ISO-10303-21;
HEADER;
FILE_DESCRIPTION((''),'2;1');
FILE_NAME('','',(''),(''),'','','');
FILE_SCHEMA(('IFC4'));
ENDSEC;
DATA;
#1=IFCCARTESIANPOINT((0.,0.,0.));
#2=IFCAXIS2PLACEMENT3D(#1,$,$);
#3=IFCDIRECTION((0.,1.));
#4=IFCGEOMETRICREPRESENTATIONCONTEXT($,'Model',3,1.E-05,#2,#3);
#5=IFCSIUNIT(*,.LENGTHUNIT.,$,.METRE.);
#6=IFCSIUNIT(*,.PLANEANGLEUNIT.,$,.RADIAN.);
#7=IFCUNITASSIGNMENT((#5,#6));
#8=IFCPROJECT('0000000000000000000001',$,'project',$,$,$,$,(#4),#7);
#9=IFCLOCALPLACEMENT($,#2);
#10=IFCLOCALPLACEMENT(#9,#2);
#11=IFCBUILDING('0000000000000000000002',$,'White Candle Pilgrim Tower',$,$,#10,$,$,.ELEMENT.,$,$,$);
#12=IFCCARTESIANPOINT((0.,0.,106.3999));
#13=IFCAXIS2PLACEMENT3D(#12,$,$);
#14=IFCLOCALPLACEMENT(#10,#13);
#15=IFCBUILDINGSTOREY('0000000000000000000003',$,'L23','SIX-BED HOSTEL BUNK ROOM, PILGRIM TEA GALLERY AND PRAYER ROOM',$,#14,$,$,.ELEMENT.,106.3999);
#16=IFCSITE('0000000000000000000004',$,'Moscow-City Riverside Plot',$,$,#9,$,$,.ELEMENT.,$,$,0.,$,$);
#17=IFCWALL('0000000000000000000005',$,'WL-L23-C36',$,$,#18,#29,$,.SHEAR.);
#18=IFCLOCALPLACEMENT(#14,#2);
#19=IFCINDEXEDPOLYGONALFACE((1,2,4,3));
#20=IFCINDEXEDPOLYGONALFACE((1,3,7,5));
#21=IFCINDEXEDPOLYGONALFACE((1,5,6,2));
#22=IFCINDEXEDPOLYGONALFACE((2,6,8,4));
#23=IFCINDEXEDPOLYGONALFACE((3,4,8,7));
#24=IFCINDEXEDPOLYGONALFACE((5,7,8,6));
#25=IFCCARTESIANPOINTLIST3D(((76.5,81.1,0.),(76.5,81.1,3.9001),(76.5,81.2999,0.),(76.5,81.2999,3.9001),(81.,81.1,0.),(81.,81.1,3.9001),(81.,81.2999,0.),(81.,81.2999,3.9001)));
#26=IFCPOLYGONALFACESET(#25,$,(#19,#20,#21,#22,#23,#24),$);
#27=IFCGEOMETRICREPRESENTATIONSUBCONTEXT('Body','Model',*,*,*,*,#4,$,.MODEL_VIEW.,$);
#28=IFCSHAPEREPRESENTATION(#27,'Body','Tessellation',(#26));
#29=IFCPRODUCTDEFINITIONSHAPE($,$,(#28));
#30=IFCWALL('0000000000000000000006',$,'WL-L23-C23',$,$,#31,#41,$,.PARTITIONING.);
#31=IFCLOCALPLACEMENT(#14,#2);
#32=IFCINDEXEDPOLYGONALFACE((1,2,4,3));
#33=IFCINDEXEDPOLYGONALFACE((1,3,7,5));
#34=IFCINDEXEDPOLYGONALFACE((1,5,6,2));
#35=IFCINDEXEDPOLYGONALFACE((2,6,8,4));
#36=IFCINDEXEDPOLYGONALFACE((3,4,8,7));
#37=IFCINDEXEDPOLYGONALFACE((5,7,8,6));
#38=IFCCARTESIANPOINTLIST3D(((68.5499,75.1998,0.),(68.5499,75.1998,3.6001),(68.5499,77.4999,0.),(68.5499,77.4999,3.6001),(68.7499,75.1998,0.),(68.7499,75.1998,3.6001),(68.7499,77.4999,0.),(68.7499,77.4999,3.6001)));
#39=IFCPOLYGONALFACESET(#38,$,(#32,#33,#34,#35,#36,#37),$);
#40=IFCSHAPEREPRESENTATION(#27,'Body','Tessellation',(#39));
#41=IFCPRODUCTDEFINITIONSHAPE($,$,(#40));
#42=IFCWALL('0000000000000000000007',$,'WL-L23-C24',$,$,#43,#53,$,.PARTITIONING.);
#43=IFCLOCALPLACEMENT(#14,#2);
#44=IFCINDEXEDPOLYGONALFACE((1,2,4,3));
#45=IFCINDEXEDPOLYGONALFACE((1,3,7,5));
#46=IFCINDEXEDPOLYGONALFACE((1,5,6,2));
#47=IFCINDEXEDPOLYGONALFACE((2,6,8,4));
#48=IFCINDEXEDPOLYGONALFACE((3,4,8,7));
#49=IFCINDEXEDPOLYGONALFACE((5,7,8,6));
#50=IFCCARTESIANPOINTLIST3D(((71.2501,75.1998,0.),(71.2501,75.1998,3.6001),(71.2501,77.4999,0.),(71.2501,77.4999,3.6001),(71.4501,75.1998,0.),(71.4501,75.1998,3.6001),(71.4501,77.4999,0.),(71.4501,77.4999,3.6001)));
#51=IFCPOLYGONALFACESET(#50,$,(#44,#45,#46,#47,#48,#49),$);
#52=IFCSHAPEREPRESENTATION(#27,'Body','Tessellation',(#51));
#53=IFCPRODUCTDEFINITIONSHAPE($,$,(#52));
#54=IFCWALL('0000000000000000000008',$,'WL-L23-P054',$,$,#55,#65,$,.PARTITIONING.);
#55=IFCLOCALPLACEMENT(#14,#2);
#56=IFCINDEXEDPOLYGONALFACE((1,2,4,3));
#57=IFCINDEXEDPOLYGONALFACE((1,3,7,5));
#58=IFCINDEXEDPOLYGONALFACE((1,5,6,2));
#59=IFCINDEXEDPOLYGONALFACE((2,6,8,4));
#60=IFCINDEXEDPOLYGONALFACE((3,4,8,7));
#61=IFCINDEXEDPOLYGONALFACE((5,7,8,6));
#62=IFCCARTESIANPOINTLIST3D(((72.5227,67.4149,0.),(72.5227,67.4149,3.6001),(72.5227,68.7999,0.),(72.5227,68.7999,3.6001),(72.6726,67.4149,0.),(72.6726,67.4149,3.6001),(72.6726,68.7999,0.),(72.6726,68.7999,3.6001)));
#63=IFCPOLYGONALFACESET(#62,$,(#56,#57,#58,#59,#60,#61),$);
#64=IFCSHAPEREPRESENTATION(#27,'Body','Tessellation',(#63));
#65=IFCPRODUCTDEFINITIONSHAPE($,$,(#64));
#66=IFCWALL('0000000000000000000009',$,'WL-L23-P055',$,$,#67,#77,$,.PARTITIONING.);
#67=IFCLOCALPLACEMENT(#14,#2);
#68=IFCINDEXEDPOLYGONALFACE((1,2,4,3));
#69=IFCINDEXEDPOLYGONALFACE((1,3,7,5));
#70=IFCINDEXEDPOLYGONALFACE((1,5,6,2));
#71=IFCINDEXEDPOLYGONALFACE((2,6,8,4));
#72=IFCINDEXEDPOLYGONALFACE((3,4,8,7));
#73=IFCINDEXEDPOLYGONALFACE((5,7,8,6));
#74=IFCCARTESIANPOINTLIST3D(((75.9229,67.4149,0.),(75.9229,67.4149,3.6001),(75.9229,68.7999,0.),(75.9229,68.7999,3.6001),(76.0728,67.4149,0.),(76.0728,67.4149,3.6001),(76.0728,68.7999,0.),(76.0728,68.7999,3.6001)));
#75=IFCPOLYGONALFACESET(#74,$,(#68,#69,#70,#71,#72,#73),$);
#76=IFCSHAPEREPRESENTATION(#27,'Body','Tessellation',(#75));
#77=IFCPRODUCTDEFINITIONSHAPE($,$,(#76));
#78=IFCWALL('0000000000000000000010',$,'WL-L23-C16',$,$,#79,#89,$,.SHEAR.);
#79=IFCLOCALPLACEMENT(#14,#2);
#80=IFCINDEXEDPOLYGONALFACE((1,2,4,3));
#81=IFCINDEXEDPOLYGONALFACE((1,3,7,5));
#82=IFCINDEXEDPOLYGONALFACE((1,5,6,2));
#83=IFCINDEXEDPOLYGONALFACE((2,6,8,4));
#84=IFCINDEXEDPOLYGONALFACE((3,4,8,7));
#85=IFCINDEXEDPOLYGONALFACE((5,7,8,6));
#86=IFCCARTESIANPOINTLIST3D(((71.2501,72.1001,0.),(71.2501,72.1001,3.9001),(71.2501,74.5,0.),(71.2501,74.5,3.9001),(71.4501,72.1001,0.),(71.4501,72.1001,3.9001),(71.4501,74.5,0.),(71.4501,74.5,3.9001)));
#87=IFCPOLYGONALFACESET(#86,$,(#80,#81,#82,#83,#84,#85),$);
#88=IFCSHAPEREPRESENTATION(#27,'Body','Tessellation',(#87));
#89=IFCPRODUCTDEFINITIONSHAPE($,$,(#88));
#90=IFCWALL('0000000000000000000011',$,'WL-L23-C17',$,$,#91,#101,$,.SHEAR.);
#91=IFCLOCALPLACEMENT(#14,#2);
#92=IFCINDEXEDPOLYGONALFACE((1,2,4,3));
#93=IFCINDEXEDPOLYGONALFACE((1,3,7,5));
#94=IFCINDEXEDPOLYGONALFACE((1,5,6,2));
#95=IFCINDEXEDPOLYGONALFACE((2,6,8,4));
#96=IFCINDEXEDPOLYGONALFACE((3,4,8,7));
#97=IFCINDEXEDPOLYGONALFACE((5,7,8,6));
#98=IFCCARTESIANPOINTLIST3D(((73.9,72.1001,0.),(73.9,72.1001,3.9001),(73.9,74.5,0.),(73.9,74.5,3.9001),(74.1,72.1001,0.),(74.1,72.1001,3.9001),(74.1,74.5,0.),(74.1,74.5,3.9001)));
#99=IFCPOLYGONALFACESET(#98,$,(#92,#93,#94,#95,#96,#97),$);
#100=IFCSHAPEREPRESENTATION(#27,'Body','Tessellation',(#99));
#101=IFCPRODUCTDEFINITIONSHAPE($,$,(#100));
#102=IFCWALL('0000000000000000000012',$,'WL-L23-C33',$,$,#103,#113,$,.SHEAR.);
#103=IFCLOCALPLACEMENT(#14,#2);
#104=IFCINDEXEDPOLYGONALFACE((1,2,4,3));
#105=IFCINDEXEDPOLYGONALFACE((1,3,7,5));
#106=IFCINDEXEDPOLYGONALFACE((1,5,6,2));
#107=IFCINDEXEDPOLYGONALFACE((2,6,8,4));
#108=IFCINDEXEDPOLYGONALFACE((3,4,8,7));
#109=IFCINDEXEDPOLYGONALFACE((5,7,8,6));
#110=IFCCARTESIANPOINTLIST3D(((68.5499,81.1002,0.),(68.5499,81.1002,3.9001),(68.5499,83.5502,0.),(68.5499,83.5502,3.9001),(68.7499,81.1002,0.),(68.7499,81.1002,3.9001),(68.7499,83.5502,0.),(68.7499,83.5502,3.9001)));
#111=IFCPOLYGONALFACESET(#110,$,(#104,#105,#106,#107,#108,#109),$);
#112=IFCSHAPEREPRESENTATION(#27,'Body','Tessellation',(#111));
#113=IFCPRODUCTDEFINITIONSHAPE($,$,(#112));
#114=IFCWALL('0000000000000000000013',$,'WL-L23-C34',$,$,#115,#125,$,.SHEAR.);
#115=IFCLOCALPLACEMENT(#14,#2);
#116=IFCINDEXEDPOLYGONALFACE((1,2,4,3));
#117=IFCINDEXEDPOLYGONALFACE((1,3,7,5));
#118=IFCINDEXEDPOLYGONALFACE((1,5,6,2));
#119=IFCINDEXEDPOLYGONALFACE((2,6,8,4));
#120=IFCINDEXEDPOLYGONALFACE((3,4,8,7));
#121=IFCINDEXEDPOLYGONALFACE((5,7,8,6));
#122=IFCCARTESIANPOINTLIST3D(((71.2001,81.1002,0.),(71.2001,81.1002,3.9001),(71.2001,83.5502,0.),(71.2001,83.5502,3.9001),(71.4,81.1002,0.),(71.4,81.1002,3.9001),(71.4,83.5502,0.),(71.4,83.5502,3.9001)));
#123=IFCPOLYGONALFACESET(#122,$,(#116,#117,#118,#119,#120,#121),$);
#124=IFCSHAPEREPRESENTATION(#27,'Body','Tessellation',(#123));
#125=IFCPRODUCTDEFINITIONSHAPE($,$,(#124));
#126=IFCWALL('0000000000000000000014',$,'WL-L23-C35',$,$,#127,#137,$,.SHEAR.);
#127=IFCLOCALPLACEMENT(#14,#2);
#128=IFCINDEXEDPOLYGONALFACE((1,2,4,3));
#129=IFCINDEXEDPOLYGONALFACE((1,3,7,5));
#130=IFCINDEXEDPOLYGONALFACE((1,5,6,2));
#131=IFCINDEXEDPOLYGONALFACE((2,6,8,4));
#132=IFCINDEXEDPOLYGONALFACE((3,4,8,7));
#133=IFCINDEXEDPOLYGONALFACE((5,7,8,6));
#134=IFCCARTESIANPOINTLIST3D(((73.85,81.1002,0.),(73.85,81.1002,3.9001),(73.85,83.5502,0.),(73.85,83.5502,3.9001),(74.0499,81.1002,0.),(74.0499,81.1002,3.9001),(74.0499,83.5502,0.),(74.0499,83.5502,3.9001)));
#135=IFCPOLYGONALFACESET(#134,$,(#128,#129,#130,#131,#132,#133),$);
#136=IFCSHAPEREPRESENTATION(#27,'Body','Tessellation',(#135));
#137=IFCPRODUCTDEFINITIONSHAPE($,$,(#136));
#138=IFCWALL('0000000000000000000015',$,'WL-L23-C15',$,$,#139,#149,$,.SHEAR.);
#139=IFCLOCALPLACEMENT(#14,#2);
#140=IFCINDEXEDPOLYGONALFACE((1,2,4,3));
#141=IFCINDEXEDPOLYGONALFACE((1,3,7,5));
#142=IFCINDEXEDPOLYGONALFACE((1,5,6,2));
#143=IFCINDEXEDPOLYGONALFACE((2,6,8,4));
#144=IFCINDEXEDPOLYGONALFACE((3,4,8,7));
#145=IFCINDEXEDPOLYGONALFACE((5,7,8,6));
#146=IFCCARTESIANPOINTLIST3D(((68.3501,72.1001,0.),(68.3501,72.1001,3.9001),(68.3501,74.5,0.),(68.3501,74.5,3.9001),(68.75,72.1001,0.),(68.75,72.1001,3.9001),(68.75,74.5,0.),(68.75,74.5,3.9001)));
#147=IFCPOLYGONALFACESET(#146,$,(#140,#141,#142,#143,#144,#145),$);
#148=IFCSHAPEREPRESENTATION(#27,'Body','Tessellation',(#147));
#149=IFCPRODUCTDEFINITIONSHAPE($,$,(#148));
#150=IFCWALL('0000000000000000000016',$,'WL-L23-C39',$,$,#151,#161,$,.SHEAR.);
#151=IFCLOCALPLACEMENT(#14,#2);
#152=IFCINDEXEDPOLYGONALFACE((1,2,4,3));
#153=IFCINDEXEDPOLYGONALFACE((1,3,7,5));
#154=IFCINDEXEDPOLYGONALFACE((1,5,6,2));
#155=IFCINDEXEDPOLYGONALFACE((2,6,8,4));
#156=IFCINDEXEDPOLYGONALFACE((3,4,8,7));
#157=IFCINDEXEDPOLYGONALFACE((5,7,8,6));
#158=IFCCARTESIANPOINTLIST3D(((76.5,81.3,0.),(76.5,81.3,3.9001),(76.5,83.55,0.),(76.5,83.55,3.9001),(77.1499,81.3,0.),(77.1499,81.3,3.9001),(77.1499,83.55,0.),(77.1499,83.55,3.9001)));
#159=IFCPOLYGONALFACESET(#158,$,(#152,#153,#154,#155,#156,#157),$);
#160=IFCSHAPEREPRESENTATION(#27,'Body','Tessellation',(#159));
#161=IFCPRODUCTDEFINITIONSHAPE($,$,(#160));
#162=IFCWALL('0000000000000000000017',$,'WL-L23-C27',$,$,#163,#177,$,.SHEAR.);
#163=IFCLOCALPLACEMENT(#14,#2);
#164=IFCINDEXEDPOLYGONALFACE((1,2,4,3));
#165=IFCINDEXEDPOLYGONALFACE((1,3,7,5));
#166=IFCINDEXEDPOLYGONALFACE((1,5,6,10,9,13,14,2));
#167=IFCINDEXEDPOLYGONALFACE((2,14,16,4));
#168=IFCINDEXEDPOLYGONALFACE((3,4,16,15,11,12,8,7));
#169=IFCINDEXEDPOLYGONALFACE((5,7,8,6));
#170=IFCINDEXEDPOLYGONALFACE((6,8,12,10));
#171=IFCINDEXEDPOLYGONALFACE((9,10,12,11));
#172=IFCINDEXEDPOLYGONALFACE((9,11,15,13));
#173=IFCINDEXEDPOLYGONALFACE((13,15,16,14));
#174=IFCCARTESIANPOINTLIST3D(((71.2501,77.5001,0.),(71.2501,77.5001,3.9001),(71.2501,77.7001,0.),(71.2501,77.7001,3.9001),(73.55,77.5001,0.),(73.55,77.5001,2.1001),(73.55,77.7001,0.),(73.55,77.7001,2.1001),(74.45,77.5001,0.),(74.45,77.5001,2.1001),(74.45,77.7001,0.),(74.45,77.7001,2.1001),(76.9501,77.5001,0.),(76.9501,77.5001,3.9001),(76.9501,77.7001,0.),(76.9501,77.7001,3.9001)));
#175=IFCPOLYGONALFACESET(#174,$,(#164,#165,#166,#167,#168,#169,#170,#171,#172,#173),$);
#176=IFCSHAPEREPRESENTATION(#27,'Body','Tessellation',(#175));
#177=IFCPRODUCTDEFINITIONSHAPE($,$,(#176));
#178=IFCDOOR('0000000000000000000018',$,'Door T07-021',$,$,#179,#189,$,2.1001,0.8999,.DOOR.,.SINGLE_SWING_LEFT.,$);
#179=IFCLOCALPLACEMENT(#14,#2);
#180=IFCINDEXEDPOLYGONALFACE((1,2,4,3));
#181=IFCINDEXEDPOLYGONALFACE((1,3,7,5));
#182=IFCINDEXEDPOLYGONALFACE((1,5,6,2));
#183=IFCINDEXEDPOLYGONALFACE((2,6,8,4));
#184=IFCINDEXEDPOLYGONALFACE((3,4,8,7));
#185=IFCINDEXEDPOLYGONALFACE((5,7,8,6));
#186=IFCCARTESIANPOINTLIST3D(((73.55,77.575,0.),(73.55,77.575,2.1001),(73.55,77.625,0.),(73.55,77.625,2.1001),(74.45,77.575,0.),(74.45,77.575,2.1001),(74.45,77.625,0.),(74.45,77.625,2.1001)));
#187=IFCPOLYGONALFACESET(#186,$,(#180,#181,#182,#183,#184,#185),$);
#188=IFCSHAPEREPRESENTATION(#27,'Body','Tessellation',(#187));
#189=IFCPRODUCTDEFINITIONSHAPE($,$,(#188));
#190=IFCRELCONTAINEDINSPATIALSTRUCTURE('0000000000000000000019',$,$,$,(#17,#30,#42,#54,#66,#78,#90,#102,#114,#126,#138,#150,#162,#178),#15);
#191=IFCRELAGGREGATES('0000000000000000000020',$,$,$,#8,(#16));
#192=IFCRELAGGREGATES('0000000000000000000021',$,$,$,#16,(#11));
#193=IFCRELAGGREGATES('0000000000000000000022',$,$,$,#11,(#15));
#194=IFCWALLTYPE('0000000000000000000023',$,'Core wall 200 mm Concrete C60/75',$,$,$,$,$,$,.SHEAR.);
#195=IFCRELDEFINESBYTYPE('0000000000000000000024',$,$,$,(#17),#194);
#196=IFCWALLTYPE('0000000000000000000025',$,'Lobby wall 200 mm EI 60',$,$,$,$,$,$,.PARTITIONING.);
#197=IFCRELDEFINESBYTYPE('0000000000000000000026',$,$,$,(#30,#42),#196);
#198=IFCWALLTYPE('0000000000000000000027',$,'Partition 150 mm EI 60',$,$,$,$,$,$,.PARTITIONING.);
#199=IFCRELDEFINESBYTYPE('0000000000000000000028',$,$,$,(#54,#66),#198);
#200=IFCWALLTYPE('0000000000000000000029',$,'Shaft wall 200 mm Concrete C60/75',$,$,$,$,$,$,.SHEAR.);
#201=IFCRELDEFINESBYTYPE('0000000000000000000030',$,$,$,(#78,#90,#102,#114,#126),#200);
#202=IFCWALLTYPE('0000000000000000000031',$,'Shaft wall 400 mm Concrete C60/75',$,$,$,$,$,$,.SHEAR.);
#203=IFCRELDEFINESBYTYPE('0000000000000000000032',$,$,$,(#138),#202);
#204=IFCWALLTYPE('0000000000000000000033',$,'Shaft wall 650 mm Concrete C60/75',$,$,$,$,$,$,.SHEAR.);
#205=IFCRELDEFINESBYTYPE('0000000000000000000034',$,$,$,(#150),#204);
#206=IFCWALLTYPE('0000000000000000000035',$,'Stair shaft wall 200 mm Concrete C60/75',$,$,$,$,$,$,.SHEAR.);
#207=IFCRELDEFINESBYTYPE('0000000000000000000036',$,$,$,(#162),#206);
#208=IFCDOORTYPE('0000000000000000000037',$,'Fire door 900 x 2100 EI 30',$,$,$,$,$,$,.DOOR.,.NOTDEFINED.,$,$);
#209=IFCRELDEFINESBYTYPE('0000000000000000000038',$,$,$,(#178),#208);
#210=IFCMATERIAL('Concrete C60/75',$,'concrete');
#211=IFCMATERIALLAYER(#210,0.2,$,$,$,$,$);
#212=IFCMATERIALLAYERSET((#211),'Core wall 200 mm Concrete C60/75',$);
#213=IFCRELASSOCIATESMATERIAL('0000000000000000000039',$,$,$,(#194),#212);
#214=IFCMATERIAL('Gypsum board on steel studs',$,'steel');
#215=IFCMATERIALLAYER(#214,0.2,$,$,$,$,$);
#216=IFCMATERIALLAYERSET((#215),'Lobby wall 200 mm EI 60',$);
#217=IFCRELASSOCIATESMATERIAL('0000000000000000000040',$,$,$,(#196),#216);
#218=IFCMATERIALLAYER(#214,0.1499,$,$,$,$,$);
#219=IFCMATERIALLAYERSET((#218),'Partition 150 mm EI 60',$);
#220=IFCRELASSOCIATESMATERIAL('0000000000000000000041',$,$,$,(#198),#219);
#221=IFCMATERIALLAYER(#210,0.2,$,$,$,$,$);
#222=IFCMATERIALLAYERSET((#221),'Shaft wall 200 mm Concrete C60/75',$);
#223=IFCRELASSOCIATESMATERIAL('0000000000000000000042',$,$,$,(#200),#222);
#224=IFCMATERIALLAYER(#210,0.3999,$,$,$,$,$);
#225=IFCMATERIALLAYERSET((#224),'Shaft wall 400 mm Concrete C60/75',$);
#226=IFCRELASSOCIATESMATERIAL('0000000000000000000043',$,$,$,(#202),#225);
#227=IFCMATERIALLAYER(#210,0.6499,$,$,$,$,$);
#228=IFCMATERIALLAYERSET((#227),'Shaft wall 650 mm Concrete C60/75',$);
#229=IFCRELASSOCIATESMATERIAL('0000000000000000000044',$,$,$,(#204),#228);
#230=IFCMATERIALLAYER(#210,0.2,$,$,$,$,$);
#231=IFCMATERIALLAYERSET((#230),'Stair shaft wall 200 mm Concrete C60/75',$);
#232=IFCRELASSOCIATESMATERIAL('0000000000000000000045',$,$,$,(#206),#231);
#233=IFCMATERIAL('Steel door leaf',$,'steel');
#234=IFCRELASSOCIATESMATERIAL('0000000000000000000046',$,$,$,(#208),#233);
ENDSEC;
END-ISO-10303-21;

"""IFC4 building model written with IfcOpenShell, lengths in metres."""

from ifc_helpers import new_model, si_unit, direction, frame, frame_2d, origin, place, context, subcontext, project, spatial, rectangle, extrude, material, layer, layer_set, type_object, element, fill, save


model = new_model("IFC4")

# Units and contexts
model_context = context("Model", 3, precision=1e-05, world=origin(), true_north=direction((0.0, 1.0)))
body_context = subcontext(model_context, "Body", "Model", "MODEL_VIEW")
ifc_project = project(units=[si_unit("LENGTHUNIT", "METRE"), si_unit("PLANEANGLEUNIT", "RADIAN")], contexts=[model_context])

# Site, building, storey
site_placement = place(None, origin())
site = spatial("IfcSite", under=ifc_project, at=site_placement, Name="Moscow-City Riverside Plot", CompositionType="ELEMENT", RefElevation=0.0)
building_placement = place(site_placement, origin())
building = spatial("IfcBuilding", under=site, at=building_placement, Name="White Candle Pilgrim Tower", CompositionType="ELEMENT")
storey_placement = place(building_placement, frame((0.0, 0.0, 106.3999)))
storey = spatial("IfcBuildingStorey", under=building, at=storey_placement, Name="L23", Description="SIX-BED HOSTEL BUNK ROOM, PILGRIM TEA GALLERY AND PRAYER ROOM", CompositionType="ELEMENT", Elevation=106.3999)

# Walls
ifc_material_1 = material(Name="Concrete C60/75", Category="concrete")
ifc_layer_1 = layer(ifc_material_1, 0.2)
ifc_layer_set_1 = layer_set([ifc_layer_1], Name="Core wall 200 mm Concrete C60/75")
wall_type_1 = type_object("IfcWallType", Name="Core wall 200 mm Concrete C60/75", PredefinedType="SHEAR", material=ifc_layer_set_1)
wall_1_placement = place(storey_placement, frame((76.5, 81.2, 0.0), z_axis=(0.0, 0.0, 1.0), x_axis=(1.0, 0.0, 0.0)))
element("IfcWall", 1, at=wall_1_placement, inside=storey, type_object=wall_type_1, Name="WL-L23-C36", PredefinedType="SHEAR", context=body_context, shape_type="SweptSolid", body=[
    extrude(rectangle(XDim=4.5, YDim=0.2, at=frame_2d((2.25, 0.0))), origin(), (0.0, 0.0, 1.0), 3.9001),
])
ifc_material_2 = material(Name="Gypsum board on steel studs", Category="steel")
ifc_layer_2 = layer(ifc_material_2, 0.2)
ifc_layer_set_2 = layer_set([ifc_layer_2], Name="Lobby wall 200 mm EI 60")
wall_type_2 = type_object("IfcWallType", Name="Lobby wall 200 mm EI 60", PredefinedType="PARTITIONING", material=ifc_layer_set_2)
for number, where, z_axis, x_axis, name in (
    (2, (68.6499, 75.2, 0.0), (0.0, 0.0, 1.0), (0.0, 1.0, 0.0), "WL-L23-C23"),
    (3, (71.3501, 75.2, 0.0), (0.0, 0.0, 1.0), (0.0, 1.0, 0.0), "WL-L23-C24"),
):
    element("IfcWall", number, at=place(storey_placement, frame(where, z_axis=z_axis, x_axis=x_axis)), inside=storey, type_object=wall_type_2, Name=name, PredefinedType="PARTITIONING", context=body_context, shape_type="SweptSolid", body=[
        extrude(rectangle(XDim=2.3, YDim=0.2, at=frame_2d((1.1499, 0.0))), origin(), (0.0, 0.0, 1.0), 3.6001),
    ])
ifc_layer_3 = layer(ifc_material_2, 0.1499)
ifc_layer_set_3 = layer_set([ifc_layer_3], Name="Partition 150 mm EI 60")
wall_type_3 = type_object("IfcWallType", Name="Partition 150 mm EI 60", PredefinedType="PARTITIONING", material=ifc_layer_set_3)
for number, where, z_axis, x_axis, name in (
    (4, (72.5977, 67.415, 0.0), (0.0, 0.0, 1.0), (0.0, 1.0, 0.0), "WL-L23-P054"),
    (5, (75.9978, 67.415, 0.0), (0.0, 0.0, 1.0), (0.0, 1.0, 0.0), "WL-L23-P055"),
):
    element("IfcWall", number, at=place(storey_placement, frame(where, z_axis=z_axis, x_axis=x_axis)), inside=storey, type_object=wall_type_3, Name=name, PredefinedType="PARTITIONING", context=body_context, shape_type="SweptSolid", body=[
        extrude(rectangle(XDim=1.385, YDim=0.1499, at=frame_2d((0.6924, 0.0))), origin(), (0.0, 0.0, 1.0), 3.6001),
    ])
ifc_layer_4 = layer(ifc_material_1, 0.2)
ifc_layer_set_4 = layer_set([ifc_layer_4], Name="Shaft wall 200 mm Concrete C60/75")
wall_type_4 = type_object("IfcWallType", Name="Shaft wall 200 mm Concrete C60/75", PredefinedType="SHEAR", material=ifc_layer_set_4)
for number, where, z_axis, x_axis, name in (
    (6, (71.3501, 72.1001, 0.0), (0.0, 0.0, 1.0), (0.0, 1.0, 0.0), "WL-L23-C16"),
    (7, (74.0, 72.1001, 0.0), (0.0, 0.0, 1.0), (0.0, 1.0, 0.0), "WL-L23-C17"),
):
    element("IfcWall", number, at=place(storey_placement, frame(where, z_axis=z_axis, x_axis=x_axis)), inside=storey, type_object=wall_type_4, Name=name, PredefinedType="SHEAR", context=body_context, shape_type="SweptSolid", body=[
        extrude(rectangle(XDim=2.3999, YDim=0.2, at=frame_2d((1.2, 0.0))), origin(), (0.0, 0.0, 1.0), 3.9001),
    ])
for number, where, z_axis, x_axis, name in (
    (8, (68.6499, 81.1001, 0.0), (0.0, 0.0, 1.0), (0.0, 1.0, 0.0), "WL-L23-C33"),
    (9, (71.3, 81.1001, 0.0), (0.0, 0.0, 1.0), (0.0, 1.0, 0.0), "WL-L23-C34"),
    (10, (73.95, 81.1001, 0.0), (0.0, 0.0, 1.0), (0.0, 1.0, 0.0), "WL-L23-C35"),
):
    element("IfcWall", number, at=place(storey_placement, frame(where, z_axis=z_axis, x_axis=x_axis)), inside=storey, type_object=wall_type_4, Name=name, PredefinedType="SHEAR", context=body_context, shape_type="SweptSolid", body=[
        extrude(rectangle(XDim=2.45, YDim=0.2, at=frame_2d((1.2251, 0.0))), origin(), (0.0, 0.0, 1.0), 3.9001),
    ])
ifc_layer_5 = layer(ifc_material_1, 0.3999)
ifc_layer_set_5 = layer_set([ifc_layer_5], Name="Shaft wall 400 mm Concrete C60/75")
wall_type_5 = type_object("IfcWallType", Name="Shaft wall 400 mm Concrete C60/75", PredefinedType="SHEAR", material=ifc_layer_set_5)
wall_2_placement = place(storey_placement, frame((68.55, 72.1001, 0.0), z_axis=(0.0, 0.0, 1.0), x_axis=(0.0, 1.0, 0.0)))
element("IfcWall", 11, at=wall_2_placement, inside=storey, type_object=wall_type_5, Name="WL-L23-C15", PredefinedType="SHEAR", context=body_context, shape_type="SweptSolid", body=[
    extrude(rectangle(XDim=2.3999, YDim=0.3999, at=frame_2d((1.2, 0.0))), origin(), (0.0, 0.0, 1.0), 3.9001),
])
ifc_layer_6 = layer(ifc_material_1, 0.6499)
ifc_layer_set_6 = layer_set([ifc_layer_6], Name="Shaft wall 650 mm Concrete C60/75")
wall_type_6 = type_object("IfcWallType", Name="Shaft wall 650 mm Concrete C60/75", PredefinedType="SHEAR", material=ifc_layer_set_6)
wall_3_placement = place(storey_placement, frame((76.825, 81.3, 0.0), z_axis=(0.0, 0.0, 1.0), x_axis=(0.0, 1.0, 0.0)))
element("IfcWall", 12, at=wall_3_placement, inside=storey, type_object=wall_type_6, Name="WL-L23-C39", PredefinedType="SHEAR", context=body_context, shape_type="SweptSolid", body=[
    extrude(rectangle(XDim=2.25, YDim=0.6499, at=frame_2d((1.125, 0.0))), origin(), (0.0, 0.0, 1.0), 3.9001),
])

# Wall, opening, door
ifc_layer_7 = layer(ifc_material_1, 0.2)
ifc_layer_set_7 = layer_set([ifc_layer_7], Name="Stair shaft wall 200 mm Concrete C60/75")
wall_type_7 = type_object("IfcWallType", Name="Stair shaft wall 200 mm Concrete C60/75", PredefinedType="SHEAR", material=ifc_layer_set_7)
wall_4_placement = place(storey_placement, frame((71.25, 77.6001, 0.0), z_axis=(0.0, 0.0, 1.0), x_axis=(1.0, 0.0, 0.0)))
wall_4 = element("IfcWall", 13, at=wall_4_placement, inside=storey, type_object=wall_type_7, Name="WL-L23-C27", PredefinedType="SHEAR", context=body_context, shape_type="SweptSolid", body=[
    extrude(rectangle(XDim=5.7, YDim=0.2, at=frame_2d((2.8501, 0.0))), origin(), (0.0, 0.0, 1.0), 3.9001),
])
opening_placement = place(wall_4_placement, frame((2.3, 0.0, 0.0)))
opening = element("IfcOpeningElement", 14, at=opening_placement, cuts=wall_4, PredefinedType="OPENING", context=body_context, shape_type="SweptSolid", body=[
    extrude(rectangle(XDim=0.8999, YDim=2.1001, at=frame_2d((0.45, 1.05))), frame((0.0, 0.1099, 0.0), z_axis=(0.0, -1.0, 0.0), x_axis=(1.0, 0.0, 0.0)), (0.0, 0.0, 1.0), 0.22),
])
ifc_material_3 = material(Name="Steel door leaf", Category="steel")
door_type = type_object("IfcDoorType", Name="Fire door 900 x 2100 EI 30", OperationType="NOTDEFINED", PredefinedType="DOOR", material=ifc_material_3)
door_placement = place(opening_placement, origin())
door = element("IfcDoor", 15, at=door_placement, inside=storey, type_object=door_type, Name="Door T07-021", OperationType="SINGLE_SWING_LEFT", OverallHeight=2.1001, OverallWidth=0.8999, PredefinedType="DOOR", context=body_context, shape_type="SweptSolid", body=[
    extrude(rectangle(XDim=0.8999, YDim=2.1001, at=frame_2d((0.45, 1.05))), frame((0.0, 0.0249, 0.0), z_axis=(0.0, -1.0, 0.0), x_axis=(1.0, 0.0, 0.0)), (0.0, 0.0, 1.0), 0.05),
])
fill(opening, door)

save(model, "model.ifc")
